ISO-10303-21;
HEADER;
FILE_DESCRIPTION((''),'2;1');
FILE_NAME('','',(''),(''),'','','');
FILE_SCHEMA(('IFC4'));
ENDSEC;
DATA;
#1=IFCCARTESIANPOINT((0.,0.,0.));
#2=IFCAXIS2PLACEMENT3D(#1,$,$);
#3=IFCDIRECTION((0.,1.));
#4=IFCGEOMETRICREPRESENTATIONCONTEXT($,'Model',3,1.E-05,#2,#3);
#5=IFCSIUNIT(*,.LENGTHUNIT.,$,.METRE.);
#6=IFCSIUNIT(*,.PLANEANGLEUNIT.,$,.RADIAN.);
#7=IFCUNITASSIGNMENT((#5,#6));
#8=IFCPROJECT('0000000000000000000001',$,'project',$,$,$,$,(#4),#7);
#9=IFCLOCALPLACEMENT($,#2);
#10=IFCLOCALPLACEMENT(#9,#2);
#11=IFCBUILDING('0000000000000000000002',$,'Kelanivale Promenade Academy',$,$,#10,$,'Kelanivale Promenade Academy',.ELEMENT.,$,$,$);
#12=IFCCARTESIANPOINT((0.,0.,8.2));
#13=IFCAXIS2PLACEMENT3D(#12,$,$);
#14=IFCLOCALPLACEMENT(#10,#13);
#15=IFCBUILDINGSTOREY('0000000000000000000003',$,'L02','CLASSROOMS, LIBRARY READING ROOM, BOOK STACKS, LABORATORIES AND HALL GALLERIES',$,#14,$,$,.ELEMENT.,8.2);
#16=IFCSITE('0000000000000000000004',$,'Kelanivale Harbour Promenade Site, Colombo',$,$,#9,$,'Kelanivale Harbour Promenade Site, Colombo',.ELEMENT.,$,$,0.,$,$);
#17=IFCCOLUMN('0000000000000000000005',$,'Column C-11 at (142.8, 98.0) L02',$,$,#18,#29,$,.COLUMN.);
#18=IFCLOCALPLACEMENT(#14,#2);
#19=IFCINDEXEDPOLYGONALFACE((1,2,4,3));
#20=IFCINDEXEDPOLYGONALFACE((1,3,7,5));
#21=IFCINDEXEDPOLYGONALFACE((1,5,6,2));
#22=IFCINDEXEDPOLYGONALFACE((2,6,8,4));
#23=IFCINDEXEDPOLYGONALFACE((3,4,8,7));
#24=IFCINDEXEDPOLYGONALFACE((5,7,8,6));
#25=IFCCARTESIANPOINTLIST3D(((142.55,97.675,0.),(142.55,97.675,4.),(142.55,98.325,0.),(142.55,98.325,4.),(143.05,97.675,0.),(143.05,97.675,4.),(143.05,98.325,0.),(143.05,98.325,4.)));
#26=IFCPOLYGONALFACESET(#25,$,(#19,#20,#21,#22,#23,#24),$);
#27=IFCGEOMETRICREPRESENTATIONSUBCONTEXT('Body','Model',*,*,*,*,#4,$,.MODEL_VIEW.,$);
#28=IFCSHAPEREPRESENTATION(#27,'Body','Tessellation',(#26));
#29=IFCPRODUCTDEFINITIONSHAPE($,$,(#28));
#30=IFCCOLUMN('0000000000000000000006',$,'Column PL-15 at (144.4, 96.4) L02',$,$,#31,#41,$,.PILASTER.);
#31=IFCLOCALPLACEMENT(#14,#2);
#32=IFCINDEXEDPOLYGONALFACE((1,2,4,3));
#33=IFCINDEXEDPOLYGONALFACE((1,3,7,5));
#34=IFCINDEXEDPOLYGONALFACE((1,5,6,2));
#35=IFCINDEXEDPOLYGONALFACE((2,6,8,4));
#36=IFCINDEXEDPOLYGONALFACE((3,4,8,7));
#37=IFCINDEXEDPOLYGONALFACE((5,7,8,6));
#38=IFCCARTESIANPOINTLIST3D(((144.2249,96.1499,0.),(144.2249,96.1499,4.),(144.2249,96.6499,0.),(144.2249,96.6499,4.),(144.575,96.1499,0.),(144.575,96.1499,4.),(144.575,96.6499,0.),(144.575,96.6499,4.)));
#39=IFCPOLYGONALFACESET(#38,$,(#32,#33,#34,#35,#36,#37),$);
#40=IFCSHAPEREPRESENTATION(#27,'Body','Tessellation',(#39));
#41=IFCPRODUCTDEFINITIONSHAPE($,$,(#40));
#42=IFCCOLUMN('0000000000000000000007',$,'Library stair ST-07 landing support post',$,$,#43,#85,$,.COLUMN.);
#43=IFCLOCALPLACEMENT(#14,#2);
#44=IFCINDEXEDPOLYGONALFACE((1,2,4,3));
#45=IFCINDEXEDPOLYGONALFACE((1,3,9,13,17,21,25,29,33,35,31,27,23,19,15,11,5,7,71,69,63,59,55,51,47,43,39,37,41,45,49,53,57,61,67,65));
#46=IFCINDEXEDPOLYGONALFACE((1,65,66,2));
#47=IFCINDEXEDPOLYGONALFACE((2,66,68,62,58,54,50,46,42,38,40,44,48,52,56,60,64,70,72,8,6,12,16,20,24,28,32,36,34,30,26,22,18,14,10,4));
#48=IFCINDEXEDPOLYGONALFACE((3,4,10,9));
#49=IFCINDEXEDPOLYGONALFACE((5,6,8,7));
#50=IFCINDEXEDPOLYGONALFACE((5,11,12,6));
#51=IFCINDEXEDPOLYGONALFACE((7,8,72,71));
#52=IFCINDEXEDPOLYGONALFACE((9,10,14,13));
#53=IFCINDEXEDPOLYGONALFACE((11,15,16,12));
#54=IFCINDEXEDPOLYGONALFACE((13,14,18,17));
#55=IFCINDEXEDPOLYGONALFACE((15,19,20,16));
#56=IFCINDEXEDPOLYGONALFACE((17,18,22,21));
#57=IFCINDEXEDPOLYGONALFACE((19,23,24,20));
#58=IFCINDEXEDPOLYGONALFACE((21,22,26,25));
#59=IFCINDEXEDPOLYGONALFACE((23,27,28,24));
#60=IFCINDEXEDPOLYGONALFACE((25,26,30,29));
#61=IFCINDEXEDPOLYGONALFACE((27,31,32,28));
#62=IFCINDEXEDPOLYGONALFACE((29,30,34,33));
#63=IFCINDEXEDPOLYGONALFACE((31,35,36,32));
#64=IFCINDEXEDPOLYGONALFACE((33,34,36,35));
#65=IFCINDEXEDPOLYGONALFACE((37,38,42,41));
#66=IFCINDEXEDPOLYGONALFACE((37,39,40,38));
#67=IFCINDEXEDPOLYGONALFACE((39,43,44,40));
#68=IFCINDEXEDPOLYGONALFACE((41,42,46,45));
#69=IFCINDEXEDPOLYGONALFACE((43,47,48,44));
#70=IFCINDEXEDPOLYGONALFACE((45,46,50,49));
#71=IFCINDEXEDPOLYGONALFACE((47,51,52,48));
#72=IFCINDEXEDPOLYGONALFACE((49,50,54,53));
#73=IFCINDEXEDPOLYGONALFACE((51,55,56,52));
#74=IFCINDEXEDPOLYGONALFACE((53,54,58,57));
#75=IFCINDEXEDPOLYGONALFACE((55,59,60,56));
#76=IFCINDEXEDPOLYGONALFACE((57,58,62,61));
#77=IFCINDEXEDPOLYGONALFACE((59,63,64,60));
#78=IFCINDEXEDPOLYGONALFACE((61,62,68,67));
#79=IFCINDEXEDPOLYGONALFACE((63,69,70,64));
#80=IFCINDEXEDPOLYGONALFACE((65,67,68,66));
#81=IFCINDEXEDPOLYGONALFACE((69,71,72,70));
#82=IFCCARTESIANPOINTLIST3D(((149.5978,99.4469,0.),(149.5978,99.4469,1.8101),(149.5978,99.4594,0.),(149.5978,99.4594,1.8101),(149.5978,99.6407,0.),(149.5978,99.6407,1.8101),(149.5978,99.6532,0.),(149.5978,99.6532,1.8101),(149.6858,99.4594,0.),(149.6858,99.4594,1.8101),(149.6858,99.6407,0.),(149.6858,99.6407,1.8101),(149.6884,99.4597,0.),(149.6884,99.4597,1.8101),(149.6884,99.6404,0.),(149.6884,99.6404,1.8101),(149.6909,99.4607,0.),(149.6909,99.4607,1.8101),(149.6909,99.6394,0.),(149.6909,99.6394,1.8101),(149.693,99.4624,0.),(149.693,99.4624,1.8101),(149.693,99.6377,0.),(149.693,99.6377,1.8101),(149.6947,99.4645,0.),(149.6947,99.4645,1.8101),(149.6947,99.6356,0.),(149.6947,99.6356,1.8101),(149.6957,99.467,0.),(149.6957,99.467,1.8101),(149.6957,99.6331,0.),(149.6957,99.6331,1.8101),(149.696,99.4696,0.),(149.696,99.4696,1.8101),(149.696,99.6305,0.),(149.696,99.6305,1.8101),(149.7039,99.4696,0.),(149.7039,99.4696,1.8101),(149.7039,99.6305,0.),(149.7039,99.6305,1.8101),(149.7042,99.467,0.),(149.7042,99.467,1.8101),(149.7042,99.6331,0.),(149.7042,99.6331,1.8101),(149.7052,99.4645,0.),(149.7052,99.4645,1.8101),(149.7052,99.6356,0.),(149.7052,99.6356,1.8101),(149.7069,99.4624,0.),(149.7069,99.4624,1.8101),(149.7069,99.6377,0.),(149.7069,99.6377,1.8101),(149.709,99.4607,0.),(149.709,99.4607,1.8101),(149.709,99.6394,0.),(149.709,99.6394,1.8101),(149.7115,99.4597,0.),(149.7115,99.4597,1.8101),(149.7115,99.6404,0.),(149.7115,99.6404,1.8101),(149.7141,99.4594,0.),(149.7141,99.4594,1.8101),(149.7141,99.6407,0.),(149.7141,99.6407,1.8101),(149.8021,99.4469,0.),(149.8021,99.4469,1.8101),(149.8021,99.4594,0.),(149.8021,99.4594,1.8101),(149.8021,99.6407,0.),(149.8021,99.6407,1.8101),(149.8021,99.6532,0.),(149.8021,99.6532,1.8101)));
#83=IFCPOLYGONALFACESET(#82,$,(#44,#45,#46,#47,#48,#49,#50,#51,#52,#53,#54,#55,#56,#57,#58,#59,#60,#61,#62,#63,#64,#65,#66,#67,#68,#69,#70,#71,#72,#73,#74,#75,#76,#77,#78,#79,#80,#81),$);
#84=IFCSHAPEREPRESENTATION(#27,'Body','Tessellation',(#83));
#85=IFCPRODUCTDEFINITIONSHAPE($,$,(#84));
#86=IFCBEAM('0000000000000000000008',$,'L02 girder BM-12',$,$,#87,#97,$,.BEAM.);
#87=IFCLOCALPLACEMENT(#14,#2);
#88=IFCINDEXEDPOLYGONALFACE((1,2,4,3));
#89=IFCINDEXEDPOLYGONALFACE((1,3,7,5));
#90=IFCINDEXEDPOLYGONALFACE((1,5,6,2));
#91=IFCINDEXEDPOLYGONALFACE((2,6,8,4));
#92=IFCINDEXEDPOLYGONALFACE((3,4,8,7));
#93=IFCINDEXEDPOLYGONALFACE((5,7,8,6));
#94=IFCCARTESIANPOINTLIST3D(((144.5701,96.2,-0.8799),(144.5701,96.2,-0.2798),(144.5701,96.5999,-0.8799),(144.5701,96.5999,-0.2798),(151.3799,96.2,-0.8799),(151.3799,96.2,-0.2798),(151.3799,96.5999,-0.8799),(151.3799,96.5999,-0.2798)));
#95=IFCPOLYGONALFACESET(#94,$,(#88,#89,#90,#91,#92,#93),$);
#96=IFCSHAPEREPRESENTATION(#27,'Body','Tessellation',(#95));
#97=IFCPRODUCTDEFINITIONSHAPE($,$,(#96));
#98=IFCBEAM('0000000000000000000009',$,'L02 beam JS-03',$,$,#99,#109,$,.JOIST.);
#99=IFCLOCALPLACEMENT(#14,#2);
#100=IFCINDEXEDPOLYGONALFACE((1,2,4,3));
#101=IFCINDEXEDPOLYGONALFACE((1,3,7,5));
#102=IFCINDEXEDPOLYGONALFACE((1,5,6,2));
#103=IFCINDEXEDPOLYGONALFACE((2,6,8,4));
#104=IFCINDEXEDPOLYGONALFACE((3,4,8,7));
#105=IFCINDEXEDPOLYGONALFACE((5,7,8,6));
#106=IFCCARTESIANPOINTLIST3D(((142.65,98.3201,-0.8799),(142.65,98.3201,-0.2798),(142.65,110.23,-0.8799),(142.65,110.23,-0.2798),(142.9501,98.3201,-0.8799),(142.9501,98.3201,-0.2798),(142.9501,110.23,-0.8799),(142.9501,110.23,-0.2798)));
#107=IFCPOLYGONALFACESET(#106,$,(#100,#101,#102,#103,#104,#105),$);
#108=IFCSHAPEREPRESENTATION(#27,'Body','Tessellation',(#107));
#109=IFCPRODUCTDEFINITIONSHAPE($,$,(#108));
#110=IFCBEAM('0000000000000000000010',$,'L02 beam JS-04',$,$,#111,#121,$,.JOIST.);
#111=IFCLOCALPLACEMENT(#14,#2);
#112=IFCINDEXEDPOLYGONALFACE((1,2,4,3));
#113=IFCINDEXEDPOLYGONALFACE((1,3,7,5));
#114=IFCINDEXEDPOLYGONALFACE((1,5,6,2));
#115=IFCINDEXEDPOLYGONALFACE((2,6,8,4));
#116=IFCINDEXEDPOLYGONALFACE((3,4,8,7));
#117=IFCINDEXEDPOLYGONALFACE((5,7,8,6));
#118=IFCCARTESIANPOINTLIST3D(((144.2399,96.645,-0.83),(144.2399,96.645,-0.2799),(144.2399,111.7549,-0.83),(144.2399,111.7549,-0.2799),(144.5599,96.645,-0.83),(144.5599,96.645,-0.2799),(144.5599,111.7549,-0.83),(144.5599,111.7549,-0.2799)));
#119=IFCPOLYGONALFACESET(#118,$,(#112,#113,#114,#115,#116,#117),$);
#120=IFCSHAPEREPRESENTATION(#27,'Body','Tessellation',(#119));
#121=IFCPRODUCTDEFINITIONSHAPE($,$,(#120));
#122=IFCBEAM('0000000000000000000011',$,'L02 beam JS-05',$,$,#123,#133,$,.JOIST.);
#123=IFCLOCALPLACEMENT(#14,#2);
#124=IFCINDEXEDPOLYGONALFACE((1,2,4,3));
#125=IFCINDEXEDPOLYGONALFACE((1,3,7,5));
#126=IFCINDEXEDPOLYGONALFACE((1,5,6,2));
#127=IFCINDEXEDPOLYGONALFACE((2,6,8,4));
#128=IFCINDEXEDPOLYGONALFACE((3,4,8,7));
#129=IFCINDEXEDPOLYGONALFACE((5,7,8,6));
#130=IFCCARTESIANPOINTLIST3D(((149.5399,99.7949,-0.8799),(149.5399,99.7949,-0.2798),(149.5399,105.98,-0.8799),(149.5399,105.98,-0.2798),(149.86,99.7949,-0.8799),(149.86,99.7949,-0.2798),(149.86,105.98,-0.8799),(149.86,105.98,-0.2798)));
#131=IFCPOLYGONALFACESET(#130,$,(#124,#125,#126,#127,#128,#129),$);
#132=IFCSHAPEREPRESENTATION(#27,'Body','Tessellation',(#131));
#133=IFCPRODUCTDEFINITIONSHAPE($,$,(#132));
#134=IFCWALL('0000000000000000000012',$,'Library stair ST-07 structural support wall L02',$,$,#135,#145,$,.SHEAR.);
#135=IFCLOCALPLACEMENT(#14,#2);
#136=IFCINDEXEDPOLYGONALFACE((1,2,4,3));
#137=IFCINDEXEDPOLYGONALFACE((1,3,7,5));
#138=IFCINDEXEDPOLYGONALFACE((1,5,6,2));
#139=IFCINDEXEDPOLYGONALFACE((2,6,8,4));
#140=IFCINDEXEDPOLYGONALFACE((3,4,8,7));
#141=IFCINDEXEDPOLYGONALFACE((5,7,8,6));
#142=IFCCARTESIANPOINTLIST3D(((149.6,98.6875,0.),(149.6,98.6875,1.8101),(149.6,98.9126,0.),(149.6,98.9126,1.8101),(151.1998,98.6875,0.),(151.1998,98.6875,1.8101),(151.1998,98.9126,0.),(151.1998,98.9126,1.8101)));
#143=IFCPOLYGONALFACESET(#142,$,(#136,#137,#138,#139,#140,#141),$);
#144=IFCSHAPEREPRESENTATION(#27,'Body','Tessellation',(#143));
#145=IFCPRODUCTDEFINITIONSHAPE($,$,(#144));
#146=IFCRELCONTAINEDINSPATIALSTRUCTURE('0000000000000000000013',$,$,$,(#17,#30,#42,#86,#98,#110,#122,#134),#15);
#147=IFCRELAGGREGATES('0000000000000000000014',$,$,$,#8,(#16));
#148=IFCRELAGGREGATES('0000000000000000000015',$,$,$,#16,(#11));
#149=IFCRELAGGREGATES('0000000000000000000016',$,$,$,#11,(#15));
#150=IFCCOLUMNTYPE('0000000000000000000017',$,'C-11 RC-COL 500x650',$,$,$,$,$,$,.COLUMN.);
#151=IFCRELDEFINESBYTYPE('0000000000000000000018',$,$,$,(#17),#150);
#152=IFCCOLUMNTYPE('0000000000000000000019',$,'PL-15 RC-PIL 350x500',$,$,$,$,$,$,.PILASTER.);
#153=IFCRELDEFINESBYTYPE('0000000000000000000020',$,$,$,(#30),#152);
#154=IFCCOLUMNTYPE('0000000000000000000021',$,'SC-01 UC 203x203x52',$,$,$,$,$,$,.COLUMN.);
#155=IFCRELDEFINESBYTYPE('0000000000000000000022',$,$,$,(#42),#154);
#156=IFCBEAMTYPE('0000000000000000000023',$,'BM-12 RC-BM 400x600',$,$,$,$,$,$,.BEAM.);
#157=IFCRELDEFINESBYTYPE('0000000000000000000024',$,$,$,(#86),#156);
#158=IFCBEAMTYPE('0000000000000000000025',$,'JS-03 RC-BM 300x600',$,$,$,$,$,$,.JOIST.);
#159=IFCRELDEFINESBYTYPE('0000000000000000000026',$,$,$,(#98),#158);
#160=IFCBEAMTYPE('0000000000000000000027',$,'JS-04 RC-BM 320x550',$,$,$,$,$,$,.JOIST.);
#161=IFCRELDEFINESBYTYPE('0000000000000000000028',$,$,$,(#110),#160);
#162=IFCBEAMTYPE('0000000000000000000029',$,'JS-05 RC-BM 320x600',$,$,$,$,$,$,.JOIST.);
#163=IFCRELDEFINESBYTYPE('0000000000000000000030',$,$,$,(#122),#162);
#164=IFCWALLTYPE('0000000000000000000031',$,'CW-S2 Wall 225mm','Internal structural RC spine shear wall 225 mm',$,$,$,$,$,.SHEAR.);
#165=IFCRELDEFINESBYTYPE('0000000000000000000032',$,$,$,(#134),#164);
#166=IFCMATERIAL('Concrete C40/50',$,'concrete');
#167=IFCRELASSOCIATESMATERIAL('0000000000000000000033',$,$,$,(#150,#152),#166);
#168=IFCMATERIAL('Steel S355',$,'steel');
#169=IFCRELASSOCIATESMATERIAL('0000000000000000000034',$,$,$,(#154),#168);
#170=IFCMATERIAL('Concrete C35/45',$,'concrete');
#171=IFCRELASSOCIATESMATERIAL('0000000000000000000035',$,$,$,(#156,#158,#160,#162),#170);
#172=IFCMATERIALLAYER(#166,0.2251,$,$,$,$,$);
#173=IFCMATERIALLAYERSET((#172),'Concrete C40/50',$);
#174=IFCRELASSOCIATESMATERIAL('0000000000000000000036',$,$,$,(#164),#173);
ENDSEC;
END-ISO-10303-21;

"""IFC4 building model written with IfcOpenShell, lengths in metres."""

from ifc_helpers import new_model, si_unit, direction, frame, frame_2d, origin, origin_2d, place, context, subcontext, project, spatial, rectangle, i_section, extrude, material, layer, layer_set, material_profile, profile_set, type_object, element, save


model = new_model("IFC4")

# Units and contexts
model_context = context("Model", 3, precision=1e-05, world=origin(), true_north=direction((0.0, 1.0)))
body_context = subcontext(model_context, "Body", "Model", "MODEL_VIEW")
ifc_project = project(units=[si_unit("LENGTHUNIT", "METRE"), si_unit("PLANEANGLEUNIT", "RADIAN")], contexts=[model_context])

# Site, building, storey
site_placement = place(None, origin())
site = spatial("IfcSite", under=ifc_project, at=site_placement, Name="Kelanivale Harbour Promenade Site, Colombo", LongName="Kelanivale Harbour Promenade Site, Colombo", CompositionType="ELEMENT", RefElevation=0.0)
building_placement = place(site_placement, origin())
building = spatial("IfcBuilding", under=site, at=building_placement, Name="Kelanivale Promenade Academy", LongName="Kelanivale Promenade Academy", CompositionType="ELEMENT")
storey_placement = place(building_placement, frame((0.0, 0.0, 8.2)))
storey = spatial("IfcBuildingStorey", under=building, at=storey_placement, Name="L02", Description="CLASSROOMS, LIBRARY READING ROOM, BOOK STACKS, LABORATORIES AND HALL GALLERIES", CompositionType="ELEMENT", Elevation=8.2)

# Columns
ifc_material_1 = material(Name="Concrete C40/50", Category="concrete")
ifc_material_profile_1 = material_profile(ifc_material_1, rectangle(XDim=0.5, YDim=0.6499, at=origin_2d()), Name="RC-COL 500x650")
ifc_profile_set_1 = profile_set([ifc_material_profile_1], Name="Concrete C40/50")
column_type_1 = type_object("IfcColumnType", Name="C-11 RC-COL 500x650", PredefinedType="COLUMN", material=ifc_profile_set_1)
column_1_placement = place(storey_placement, frame((142.8, 98.0, 0.0), z_axis=(0.0, 0.0, 1.0), x_axis=(1.0, 0.0, 0.0)))
element("IfcColumn", 1, at=column_1_placement, inside=storey, type_object=column_type_1, Name="Column C-11 at (142.8, 98.0) L02", PredefinedType="COLUMN", context=body_context, shape_type="SweptSolid", body=[
    extrude(rectangle(XDim=0.5, YDim=0.6499, at=origin_2d()), origin(), (0.0, 0.0, 1.0), 4.0),
])
ifc_material_profile_2 = material_profile(ifc_material_1, rectangle(XDim=0.3501, YDim=0.5, at=origin_2d()), Name="RC-PIL 350x500")
ifc_profile_set_2 = profile_set([ifc_material_profile_2], Name="Concrete C40/50")
column_type_2 = type_object("IfcColumnType", Name="PL-15 RC-PIL 350x500", PredefinedType="PILASTER", material=ifc_profile_set_2)
column_2_placement = place(storey_placement, frame((144.3999, 96.3999, 0.0), z_axis=(0.0, 0.0, 1.0), x_axis=(1.0, 0.0, 0.0)))
element("IfcColumn", 2, at=column_2_placement, inside=storey, type_object=column_type_2, Name="Column PL-15 at (144.4, 96.4) L02", PredefinedType="PILASTER", context=body_context, shape_type="SweptSolid", body=[
    extrude(rectangle(XDim=0.3501, YDim=0.5, at=origin_2d()), origin(), (0.0, 0.0, 1.0), 4.0),
])
ifc_material_2 = material(Name="Steel S355", Category="steel")
ifc_material_profile_3 = material_profile(ifc_material_2, i_section(OverallWidth=0.2043, OverallDepth=0.2063, WebThickness=0.0078, FlangeThickness=0.0125, FilletRadius=0.0103, at=origin_2d()), Name="UC 203x203x52")
ifc_profile_set_3 = profile_set([ifc_material_profile_3], Name="Steel S355")
column_type_3 = type_object("IfcColumnType", Name="SC-01 UC 203x203x52", PredefinedType="COLUMN", material=ifc_profile_set_3)
column_3_placement = place(storey_placement, frame((149.7, 99.55, 0.0), z_axis=(0.0, 0.0, 1.0), x_axis=(1.0, 0.0, 0.0)))
element("IfcColumn", 3, at=column_3_placement, inside=storey, type_object=column_type_3, Name="Library stair ST-07 landing support post", PredefinedType="COLUMN", context=body_context, shape_type="SweptSolid", body=[
    extrude(i_section(OverallWidth=0.2043, OverallDepth=0.2063, WebThickness=0.0078, FlangeThickness=0.0125, FilletRadius=0.0103, at=origin_2d()), origin(), (0.0, 0.0, 1.0), 1.8101),
])

# Beams
ifc_material_3 = material(Name="Concrete C35/45", Category="concrete")
ifc_material_profile_4 = material_profile(ifc_material_3, rectangle(XDim=0.3999, YDim=0.6001, at=origin_2d()), Name="RC-BM 400x600")
ifc_profile_set_4 = profile_set([ifc_material_profile_4], Name="Concrete C35/45")
beam_type_1 = type_object("IfcBeamType", Name="BM-12 RC-BM 400x600", PredefinedType="BEAM", material=ifc_profile_set_4)
beam_1_placement = place(storey_placement, frame((144.5701, 96.3999, -0.5798), z_axis=(1.0, 0.0, 0.0), x_axis=(0.0, 1.0, 0.0)))
element("IfcBeam", 4, at=beam_1_placement, inside=storey, type_object=beam_type_1, Name="L02 girder BM-12", PredefinedType="BEAM", context=body_context, shape_type="SweptSolid", body=[
    extrude(rectangle(XDim=0.3999, YDim=0.6001, at=origin_2d()), origin(), (0.0, 0.0, 1.0), 6.8098),
])
ifc_material_profile_5 = material_profile(ifc_material_3, rectangle(XDim=0.3, YDim=0.6001, at=origin_2d()), Name="RC-BM 300x600")
ifc_profile_set_5 = profile_set([ifc_material_profile_5], Name="Concrete C35/45")
beam_type_2 = type_object("IfcBeamType", Name="JS-03 RC-BM 300x600", PredefinedType="JOIST", material=ifc_profile_set_5)
beam_2_placement = place(storey_placement, frame((142.8, 98.3201, -0.5798), z_axis=(0.0, 1.0, 0.0), x_axis=(-1.0, 0.0, 0.0)))
element("IfcBeam", 5, at=beam_2_placement, inside=storey, type_object=beam_type_2, Name="L02 beam JS-03", PredefinedType="JOIST", context=body_context, shape_type="SweptSolid", body=[
    extrude(rectangle(XDim=0.3, YDim=0.6001, at=origin_2d()), origin(), (0.0, 0.0, 1.0), 11.9099),
])
ifc_material_profile_6 = material_profile(ifc_material_3, rectangle(XDim=0.3201, YDim=0.55, at=origin_2d()), Name="RC-BM 320x550")
ifc_profile_set_6 = profile_set([ifc_material_profile_6], Name="Concrete C35/45")
beam_type_3 = type_object("IfcBeamType", Name="JS-04 RC-BM 320x550", PredefinedType="JOIST", material=ifc_profile_set_6)
beam_3_placement = place(storey_placement, frame((144.3999, 96.645, -0.5549), z_axis=(0.0, 1.0, 0.0), x_axis=(-1.0, 0.0, 0.0)))
element("IfcBeam", 6, at=beam_3_placement, inside=storey, type_object=beam_type_3, Name="L02 beam JS-04", PredefinedType="JOIST", context=body_context, shape_type="SweptSolid", body=[
    extrude(rectangle(XDim=0.3201, YDim=0.55, at=origin_2d()), origin(), (0.0, 0.0, 1.0), 15.1099),
])
ifc_material_profile_7 = material_profile(ifc_material_3, rectangle(XDim=0.3201, YDim=0.6001, at=origin_2d()), Name="RC-BM 320x600")
ifc_profile_set_7 = profile_set([ifc_material_profile_7], Name="Concrete C35/45")
beam_type_4 = type_object("IfcBeamType", Name="JS-05 RC-BM 320x600", PredefinedType="JOIST", material=ifc_profile_set_7)
beam_4_placement = place(storey_placement, frame((149.7, 99.7949, -0.5798), z_axis=(0.0, 1.0, 0.0), x_axis=(-1.0, 0.0, 0.0)))
element("IfcBeam", 7, at=beam_4_placement, inside=storey, type_object=beam_type_4, Name="L02 beam JS-05", PredefinedType="JOIST", context=body_context, shape_type="SweptSolid", body=[
    extrude(rectangle(XDim=0.3201, YDim=0.6001, at=origin_2d()), origin(), (0.0, 0.0, 1.0), 6.1851),
])

# Wall
ifc_layer_1 = layer(ifc_material_1, 0.2251)
ifc_layer_set_1 = layer_set([ifc_layer_1], Name="Concrete C40/50")
wall_type_1 = type_object("IfcWallType", Name="CW-S2 Wall 225mm", Description="Internal structural RC spine shear wall 225 mm", PredefinedType="SHEAR", material=ifc_layer_set_1)
wall_1_placement = place(storey_placement, frame((149.6001, 98.8, 0.0), z_axis=(0.0, 0.0, 1.0), x_axis=(1.0, 0.0, 0.0)))
element("IfcWall", 8, at=wall_1_placement, inside=storey, type_object=wall_type_1, Name="Library stair ST-07 structural support wall L02", PredefinedType="SHEAR", context=body_context, shape_type="SweptSolid", body=[
    extrude(rectangle(XDim=1.5999, YDim=0.2251, at=frame_2d((0.7998, 0.0))), origin(), (0.0, 0.0, 1.0), 1.8101),
])

save(model, "model.ifc")
